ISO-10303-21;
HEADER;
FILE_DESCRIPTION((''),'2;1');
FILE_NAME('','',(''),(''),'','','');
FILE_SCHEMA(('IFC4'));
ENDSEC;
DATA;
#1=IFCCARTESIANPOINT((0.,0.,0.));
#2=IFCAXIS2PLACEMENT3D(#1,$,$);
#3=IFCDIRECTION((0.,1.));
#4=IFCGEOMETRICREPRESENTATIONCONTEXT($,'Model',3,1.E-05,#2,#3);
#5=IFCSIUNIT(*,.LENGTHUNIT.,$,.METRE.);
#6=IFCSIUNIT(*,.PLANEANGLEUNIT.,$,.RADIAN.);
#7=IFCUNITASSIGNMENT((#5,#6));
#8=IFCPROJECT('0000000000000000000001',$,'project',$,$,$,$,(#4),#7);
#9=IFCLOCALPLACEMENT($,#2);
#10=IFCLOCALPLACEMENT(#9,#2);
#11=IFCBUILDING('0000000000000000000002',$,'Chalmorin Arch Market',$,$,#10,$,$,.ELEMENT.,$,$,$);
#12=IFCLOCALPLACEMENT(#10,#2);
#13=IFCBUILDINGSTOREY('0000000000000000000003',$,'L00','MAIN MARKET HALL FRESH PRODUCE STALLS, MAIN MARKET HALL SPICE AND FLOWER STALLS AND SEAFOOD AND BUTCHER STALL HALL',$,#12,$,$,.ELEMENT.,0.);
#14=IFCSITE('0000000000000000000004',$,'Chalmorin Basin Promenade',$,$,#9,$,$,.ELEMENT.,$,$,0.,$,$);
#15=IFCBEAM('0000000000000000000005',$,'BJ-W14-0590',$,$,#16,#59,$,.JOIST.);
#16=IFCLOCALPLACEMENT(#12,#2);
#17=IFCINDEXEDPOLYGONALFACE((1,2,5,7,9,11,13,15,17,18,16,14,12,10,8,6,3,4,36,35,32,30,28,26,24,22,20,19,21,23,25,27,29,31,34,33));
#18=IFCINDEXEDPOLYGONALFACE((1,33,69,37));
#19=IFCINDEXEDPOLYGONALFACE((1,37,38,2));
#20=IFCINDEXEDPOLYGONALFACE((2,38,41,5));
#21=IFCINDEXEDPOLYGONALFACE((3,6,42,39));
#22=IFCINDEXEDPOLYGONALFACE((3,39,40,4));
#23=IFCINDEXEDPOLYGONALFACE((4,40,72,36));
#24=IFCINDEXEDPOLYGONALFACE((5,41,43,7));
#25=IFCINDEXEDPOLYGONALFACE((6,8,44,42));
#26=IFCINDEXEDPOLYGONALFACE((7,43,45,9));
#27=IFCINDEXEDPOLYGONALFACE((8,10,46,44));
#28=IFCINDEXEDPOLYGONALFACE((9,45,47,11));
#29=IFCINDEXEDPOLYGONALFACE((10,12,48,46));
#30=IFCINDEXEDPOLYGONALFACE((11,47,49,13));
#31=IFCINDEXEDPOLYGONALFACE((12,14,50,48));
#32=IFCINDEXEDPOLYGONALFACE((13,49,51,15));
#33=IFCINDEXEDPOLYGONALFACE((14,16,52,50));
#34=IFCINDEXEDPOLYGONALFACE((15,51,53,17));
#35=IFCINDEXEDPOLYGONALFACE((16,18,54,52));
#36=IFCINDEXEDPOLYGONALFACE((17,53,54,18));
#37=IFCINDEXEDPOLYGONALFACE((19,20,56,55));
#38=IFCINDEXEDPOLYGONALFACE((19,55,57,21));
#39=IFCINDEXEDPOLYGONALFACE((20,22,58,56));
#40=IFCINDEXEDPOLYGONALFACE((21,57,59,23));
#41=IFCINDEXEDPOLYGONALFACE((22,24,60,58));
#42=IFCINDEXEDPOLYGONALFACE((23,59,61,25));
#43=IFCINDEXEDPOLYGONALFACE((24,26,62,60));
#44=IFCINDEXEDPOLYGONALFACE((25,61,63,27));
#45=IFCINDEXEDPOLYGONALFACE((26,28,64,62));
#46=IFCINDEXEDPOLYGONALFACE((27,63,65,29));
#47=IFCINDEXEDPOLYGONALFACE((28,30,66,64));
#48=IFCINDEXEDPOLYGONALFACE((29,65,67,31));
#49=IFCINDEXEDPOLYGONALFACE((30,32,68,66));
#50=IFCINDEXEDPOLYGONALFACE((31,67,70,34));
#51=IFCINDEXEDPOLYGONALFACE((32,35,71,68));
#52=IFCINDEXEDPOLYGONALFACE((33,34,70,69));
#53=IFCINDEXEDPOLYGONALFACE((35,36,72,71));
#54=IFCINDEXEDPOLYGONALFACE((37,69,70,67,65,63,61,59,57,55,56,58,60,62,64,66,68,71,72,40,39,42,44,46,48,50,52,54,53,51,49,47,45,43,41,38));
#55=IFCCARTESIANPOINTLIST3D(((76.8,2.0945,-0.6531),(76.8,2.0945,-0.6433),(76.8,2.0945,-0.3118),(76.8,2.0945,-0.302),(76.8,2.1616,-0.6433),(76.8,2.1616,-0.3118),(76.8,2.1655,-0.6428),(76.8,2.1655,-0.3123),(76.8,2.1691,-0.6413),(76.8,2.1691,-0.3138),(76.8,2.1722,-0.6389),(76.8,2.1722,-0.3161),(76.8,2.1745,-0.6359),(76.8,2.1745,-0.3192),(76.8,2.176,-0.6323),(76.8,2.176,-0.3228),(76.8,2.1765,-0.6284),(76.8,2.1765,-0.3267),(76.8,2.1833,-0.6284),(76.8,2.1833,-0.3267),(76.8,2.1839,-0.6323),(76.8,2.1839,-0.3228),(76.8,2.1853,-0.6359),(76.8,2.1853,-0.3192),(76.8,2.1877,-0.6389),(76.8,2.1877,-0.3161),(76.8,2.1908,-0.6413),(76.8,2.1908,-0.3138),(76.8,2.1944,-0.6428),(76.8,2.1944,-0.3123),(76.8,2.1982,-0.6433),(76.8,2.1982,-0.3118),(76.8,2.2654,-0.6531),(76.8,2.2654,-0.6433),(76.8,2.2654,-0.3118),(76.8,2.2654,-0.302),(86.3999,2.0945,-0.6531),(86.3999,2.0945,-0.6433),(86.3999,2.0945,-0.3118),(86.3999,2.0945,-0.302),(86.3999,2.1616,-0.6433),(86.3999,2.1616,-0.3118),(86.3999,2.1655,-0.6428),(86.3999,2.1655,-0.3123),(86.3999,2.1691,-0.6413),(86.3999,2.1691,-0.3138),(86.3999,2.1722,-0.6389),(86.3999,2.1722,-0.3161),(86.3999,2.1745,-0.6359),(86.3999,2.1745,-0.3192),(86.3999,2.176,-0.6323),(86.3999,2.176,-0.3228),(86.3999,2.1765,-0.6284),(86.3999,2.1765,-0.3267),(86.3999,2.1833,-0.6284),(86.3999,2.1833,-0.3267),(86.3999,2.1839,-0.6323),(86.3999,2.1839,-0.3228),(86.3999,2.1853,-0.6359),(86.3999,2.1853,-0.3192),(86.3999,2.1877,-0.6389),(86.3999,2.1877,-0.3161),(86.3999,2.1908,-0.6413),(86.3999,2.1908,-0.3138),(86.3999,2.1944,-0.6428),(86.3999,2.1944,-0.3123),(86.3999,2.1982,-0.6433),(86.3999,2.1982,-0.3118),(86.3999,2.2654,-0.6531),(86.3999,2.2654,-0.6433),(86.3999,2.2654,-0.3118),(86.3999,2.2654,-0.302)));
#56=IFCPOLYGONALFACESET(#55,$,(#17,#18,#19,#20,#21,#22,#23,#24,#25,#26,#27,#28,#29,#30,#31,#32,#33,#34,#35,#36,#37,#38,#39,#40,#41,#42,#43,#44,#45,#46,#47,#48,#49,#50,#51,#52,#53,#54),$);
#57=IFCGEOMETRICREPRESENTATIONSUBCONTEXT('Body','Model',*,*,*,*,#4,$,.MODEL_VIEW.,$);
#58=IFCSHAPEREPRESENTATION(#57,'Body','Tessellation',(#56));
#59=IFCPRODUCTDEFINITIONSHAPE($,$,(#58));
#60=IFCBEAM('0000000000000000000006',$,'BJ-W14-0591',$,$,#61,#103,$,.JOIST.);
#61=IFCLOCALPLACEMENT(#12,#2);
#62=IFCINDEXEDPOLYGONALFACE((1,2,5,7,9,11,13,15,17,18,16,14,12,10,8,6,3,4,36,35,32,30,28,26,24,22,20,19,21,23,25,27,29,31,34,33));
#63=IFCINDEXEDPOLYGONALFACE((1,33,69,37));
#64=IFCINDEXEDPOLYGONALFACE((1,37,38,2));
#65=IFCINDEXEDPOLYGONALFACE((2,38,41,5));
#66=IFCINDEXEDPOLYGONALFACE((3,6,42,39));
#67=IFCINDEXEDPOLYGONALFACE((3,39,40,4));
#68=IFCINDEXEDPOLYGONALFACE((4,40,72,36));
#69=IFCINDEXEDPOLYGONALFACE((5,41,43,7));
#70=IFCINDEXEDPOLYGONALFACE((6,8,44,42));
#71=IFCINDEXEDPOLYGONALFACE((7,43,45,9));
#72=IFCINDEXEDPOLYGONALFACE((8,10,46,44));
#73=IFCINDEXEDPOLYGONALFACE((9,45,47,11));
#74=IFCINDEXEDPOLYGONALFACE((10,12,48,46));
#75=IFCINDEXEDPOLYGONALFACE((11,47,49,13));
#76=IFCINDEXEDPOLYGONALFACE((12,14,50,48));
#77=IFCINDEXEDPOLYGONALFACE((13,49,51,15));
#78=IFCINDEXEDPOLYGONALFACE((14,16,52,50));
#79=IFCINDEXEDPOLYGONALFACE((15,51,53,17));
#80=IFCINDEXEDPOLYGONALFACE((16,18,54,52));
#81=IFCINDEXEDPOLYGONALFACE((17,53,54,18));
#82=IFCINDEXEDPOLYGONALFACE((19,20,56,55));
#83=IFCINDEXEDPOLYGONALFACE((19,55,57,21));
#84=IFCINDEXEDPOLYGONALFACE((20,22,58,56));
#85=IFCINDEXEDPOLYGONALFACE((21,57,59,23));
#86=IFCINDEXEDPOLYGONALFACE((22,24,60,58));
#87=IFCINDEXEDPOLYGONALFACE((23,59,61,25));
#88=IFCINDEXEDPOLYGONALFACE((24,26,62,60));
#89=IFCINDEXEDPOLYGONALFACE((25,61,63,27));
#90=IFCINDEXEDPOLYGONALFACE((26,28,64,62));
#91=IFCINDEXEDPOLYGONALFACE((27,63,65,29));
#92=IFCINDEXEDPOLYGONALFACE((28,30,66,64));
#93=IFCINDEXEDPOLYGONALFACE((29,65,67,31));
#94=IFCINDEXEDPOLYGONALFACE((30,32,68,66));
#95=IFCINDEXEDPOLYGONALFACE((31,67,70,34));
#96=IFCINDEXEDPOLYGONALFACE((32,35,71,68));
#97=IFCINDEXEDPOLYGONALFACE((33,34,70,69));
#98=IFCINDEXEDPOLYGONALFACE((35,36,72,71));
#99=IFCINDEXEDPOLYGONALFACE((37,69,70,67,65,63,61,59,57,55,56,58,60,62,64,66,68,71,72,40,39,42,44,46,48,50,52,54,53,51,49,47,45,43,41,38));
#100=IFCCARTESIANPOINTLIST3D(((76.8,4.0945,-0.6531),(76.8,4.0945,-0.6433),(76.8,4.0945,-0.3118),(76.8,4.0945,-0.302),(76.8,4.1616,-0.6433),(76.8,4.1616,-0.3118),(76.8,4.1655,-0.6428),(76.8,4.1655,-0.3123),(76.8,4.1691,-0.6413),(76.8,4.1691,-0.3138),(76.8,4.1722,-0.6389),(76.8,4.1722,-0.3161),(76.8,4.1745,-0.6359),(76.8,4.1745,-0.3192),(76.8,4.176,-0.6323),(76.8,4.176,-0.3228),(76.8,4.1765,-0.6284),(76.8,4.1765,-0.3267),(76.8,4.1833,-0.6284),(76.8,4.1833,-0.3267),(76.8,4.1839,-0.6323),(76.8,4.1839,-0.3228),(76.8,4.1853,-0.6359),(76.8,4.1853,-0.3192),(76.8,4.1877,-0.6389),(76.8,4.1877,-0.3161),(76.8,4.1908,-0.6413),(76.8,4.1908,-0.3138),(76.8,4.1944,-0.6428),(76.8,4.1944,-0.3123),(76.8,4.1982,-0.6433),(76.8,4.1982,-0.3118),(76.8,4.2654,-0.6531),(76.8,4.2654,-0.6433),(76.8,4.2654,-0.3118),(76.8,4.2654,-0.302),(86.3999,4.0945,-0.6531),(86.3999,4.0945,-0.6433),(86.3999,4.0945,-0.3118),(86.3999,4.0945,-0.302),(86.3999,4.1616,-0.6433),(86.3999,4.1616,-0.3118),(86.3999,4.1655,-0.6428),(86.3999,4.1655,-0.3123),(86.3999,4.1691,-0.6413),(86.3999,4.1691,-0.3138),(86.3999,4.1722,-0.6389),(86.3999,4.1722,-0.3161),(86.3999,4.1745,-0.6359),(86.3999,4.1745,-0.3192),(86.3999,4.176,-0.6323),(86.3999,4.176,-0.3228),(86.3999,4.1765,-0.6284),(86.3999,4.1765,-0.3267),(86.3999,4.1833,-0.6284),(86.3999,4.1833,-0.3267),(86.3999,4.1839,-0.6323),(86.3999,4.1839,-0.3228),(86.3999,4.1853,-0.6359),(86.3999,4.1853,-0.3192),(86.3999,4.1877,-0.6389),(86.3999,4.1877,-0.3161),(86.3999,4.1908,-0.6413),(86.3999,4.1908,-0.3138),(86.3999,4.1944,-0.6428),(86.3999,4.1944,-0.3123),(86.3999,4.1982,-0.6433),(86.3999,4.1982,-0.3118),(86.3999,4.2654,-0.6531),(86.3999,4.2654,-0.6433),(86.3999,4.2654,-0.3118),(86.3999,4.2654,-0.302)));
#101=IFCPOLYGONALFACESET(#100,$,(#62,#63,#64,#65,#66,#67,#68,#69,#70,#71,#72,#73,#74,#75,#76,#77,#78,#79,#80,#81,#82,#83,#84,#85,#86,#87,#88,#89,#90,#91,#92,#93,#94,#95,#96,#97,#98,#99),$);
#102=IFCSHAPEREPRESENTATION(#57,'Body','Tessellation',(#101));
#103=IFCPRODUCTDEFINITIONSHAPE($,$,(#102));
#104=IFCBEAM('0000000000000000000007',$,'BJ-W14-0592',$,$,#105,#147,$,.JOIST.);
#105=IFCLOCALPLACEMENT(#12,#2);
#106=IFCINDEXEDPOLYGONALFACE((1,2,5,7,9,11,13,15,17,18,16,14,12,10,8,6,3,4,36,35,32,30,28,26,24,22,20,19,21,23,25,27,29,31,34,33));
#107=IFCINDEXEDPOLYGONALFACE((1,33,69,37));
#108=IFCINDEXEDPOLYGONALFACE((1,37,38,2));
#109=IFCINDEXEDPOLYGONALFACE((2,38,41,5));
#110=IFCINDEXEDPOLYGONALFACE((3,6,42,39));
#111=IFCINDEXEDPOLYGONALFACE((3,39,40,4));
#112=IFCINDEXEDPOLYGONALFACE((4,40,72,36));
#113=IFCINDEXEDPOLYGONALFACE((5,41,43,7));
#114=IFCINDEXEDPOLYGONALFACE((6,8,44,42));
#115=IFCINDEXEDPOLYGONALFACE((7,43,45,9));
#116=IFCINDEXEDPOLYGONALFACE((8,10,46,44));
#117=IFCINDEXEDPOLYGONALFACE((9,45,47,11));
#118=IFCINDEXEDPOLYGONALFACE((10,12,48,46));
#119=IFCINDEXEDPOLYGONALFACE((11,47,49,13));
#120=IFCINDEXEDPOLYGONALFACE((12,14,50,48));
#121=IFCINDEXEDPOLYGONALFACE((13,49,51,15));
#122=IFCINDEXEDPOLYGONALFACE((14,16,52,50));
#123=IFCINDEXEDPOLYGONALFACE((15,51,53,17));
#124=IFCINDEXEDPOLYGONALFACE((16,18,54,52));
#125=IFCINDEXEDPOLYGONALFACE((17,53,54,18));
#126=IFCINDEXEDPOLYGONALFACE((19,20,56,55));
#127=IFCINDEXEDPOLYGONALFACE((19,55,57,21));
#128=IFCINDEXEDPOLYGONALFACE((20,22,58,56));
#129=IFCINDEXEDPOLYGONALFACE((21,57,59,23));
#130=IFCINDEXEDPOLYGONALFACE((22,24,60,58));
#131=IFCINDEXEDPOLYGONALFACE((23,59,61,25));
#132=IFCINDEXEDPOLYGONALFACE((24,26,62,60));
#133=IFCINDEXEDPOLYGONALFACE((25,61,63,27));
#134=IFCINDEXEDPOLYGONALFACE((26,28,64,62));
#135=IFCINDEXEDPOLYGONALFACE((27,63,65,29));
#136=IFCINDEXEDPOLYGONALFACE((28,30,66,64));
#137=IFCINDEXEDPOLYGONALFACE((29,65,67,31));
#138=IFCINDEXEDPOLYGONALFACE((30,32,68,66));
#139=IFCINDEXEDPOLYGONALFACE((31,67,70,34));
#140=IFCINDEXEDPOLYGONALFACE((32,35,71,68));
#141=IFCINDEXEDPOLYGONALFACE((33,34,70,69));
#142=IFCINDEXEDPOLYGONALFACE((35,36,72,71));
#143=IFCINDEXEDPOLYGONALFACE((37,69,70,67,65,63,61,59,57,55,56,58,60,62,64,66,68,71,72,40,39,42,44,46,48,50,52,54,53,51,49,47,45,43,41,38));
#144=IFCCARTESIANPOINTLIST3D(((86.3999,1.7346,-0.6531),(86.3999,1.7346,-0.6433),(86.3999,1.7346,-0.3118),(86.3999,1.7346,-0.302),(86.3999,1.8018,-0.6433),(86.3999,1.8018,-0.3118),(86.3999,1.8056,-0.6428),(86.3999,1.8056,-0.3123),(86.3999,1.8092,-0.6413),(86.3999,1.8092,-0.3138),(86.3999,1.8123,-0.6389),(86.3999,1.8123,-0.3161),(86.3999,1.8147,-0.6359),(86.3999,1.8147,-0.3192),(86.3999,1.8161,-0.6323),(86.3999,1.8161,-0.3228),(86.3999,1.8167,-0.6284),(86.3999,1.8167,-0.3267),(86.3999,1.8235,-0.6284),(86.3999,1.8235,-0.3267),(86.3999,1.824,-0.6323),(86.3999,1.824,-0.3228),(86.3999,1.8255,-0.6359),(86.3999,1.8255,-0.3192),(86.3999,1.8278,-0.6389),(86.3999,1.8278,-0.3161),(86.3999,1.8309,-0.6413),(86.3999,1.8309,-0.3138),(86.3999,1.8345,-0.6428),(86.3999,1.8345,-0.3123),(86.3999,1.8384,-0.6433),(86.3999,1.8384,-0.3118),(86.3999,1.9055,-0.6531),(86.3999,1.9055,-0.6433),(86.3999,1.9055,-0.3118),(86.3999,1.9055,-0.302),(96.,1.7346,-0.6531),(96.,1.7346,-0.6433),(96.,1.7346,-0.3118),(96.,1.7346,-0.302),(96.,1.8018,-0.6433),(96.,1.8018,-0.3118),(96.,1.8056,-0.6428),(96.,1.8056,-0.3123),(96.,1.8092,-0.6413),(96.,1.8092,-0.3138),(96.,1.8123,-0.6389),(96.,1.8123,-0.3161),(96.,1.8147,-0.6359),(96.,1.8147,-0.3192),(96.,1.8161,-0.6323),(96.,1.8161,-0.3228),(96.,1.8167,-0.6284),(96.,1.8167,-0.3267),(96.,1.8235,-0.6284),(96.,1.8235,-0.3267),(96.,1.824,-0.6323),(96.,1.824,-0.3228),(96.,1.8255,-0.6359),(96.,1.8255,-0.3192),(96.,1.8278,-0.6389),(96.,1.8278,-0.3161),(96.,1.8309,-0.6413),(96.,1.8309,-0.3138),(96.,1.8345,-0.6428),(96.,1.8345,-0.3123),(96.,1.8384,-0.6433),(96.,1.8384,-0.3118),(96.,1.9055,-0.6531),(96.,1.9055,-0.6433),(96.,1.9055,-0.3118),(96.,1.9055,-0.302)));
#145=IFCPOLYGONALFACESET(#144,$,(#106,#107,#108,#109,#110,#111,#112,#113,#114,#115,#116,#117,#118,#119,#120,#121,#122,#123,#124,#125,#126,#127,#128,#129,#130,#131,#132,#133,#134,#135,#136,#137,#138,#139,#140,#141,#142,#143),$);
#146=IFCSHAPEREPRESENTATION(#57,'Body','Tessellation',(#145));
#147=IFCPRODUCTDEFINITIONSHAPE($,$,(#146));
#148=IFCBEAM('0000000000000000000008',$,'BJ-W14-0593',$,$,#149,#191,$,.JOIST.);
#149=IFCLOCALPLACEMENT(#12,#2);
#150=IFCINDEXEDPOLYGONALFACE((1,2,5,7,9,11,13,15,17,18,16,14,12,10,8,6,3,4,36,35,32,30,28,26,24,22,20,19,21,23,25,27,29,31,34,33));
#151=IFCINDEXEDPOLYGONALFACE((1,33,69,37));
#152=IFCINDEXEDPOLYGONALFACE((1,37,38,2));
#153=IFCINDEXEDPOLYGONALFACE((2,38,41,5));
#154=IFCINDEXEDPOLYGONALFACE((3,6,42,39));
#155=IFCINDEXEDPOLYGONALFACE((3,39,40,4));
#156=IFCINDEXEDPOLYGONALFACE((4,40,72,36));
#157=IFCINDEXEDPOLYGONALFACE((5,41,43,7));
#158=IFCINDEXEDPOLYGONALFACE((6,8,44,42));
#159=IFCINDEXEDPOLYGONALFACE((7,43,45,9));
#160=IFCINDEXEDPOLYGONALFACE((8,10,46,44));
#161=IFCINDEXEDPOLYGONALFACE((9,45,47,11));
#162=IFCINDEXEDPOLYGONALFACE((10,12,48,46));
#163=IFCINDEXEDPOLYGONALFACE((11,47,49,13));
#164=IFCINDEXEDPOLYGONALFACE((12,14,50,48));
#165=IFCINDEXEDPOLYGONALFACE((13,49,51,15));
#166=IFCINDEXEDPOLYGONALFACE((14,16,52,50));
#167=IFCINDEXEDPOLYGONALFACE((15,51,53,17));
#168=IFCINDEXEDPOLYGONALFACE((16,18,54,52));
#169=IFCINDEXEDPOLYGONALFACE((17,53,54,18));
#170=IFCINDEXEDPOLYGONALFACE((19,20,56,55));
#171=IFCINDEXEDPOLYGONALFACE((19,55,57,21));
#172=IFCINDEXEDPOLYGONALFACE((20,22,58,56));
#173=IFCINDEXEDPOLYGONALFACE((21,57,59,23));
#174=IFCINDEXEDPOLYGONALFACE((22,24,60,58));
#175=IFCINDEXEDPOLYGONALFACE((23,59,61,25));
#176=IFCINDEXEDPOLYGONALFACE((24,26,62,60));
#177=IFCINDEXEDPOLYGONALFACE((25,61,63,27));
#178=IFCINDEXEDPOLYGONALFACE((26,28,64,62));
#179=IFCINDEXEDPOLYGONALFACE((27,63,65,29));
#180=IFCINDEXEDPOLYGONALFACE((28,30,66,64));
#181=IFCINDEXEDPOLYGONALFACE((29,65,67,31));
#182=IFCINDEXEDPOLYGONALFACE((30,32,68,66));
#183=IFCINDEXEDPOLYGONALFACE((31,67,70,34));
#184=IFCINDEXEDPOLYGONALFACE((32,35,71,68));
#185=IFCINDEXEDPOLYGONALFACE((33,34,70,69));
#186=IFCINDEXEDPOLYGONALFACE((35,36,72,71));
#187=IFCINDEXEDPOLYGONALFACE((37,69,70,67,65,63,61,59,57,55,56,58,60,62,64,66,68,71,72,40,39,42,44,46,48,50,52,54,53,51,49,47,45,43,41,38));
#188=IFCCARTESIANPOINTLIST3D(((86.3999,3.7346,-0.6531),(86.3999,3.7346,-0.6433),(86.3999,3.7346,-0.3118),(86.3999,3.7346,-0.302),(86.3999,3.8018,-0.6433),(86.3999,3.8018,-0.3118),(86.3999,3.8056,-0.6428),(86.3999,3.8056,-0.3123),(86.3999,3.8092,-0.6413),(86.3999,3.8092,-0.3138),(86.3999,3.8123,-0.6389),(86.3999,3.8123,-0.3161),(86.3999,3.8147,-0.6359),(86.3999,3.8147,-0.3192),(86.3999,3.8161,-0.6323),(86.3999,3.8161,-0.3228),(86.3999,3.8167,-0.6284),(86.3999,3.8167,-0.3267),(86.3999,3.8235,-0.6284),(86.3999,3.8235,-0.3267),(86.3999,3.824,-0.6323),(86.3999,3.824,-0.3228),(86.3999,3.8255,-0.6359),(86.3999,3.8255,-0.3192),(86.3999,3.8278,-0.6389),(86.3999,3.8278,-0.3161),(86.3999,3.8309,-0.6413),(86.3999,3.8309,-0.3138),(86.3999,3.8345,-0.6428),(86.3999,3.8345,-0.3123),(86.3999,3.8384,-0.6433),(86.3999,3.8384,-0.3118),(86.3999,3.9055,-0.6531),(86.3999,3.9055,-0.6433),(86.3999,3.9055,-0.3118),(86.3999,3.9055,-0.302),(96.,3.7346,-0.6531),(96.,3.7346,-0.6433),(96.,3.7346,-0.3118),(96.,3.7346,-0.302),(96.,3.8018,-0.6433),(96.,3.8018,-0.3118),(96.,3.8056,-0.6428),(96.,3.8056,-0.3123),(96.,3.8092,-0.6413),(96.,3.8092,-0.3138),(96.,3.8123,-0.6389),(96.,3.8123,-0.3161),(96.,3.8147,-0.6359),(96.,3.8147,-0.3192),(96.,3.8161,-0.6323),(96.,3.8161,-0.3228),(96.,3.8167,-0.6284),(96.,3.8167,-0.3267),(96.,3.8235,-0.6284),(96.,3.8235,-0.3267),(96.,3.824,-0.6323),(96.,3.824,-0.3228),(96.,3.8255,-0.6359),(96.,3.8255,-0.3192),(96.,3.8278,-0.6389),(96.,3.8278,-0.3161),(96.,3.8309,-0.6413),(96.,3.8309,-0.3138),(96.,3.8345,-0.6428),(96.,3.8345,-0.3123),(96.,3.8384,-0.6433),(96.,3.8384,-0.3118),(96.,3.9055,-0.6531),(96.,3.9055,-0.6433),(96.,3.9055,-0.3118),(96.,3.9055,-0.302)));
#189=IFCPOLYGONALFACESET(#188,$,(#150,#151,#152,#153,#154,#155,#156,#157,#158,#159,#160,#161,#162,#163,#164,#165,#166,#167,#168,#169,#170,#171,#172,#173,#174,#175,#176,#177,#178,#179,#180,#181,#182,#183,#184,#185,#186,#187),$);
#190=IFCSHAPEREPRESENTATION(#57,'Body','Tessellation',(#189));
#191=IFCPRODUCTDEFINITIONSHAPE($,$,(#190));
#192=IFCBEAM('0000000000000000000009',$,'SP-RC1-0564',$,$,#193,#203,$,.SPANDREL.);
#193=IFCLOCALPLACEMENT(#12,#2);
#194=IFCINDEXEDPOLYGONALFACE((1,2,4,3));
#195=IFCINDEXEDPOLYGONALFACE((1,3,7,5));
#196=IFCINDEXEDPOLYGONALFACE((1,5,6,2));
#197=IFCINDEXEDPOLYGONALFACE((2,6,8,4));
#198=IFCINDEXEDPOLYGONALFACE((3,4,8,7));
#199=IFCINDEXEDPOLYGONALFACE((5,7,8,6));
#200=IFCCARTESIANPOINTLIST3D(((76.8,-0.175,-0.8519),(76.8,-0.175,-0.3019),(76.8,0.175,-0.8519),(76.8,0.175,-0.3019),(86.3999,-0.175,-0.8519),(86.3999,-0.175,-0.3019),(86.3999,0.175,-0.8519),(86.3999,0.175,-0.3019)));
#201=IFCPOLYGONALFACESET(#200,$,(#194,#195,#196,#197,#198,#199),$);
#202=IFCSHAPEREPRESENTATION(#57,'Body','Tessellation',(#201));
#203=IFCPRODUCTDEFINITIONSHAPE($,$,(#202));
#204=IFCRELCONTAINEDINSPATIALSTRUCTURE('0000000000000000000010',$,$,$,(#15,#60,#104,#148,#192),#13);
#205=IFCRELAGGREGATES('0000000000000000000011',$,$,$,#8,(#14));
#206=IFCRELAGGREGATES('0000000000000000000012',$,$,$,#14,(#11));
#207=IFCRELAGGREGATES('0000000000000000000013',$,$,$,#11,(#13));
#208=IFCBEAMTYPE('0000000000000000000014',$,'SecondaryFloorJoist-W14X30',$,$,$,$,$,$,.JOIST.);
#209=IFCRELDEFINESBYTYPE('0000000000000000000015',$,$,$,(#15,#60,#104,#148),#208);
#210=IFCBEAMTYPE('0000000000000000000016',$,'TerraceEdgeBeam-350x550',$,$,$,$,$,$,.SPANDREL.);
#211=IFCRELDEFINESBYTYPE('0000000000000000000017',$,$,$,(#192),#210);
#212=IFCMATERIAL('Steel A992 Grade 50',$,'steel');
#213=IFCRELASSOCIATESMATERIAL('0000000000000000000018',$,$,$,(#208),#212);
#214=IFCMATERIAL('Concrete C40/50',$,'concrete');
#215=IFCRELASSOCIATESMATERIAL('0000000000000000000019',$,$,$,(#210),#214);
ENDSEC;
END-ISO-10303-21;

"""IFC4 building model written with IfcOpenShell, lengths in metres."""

from ifc_helpers import new_model, si_unit, direction, frame, origin, origin_2d, place, context, subcontext, project, spatial, rectangle, i_section, extrude, material, material_profile, profile_set, type_object, element, save


model = new_model("IFC4")

# Units and contexts
model_context = context("Model", 3, precision=1e-05, world=origin(), true_north=direction((0.0, 1.0)))
body_context = subcontext(model_context, "Body", "Model", "MODEL_VIEW")
ifc_project = project(units=[si_unit("LENGTHUNIT", "METRE"), si_unit("PLANEANGLEUNIT", "RADIAN")], contexts=[model_context])

# Site, building, storey
site_placement = place(None, origin())
site = spatial("IfcSite", under=ifc_project, at=site_placement, Name="Chalmorin Basin Promenade", CompositionType="ELEMENT", RefElevation=0.0)
building_placement = place(site_placement, origin())
building = spatial("IfcBuilding", under=site, at=building_placement, Name="Chalmorin Arch Market", CompositionType="ELEMENT")
storey_placement = place(building_placement, origin())
storey = spatial("IfcBuildingStorey", under=building, at=storey_placement, Name="L00", Description="MAIN MARKET HALL FRESH PRODUCE STALLS, MAIN MARKET HALL SPICE AND FLOWER STALLS AND SEAFOOD AND BUTCHER STALL HALL", CompositionType="ELEMENT", Elevation=0.0)

# Shared definitions
ifc_material_1 = material(Name="Concrete C40/50", Category="concrete")

# Beams
ifc_material_2 = material(Name="Steel A992 Grade 50", Category="steel")
ifc_material_profile_1 = material_profile(ifc_material_2, i_section(OverallWidth=0.1709, OverallDepth=0.3511, WebThickness=0.0068, FlangeThickness=0.0098, FilletRadius=0.0149, at=origin_2d()), Name="W14X30")
ifc_profile_set_1 = profile_set([ifc_material_profile_1], Name="Steel A992 Grade 50")
beam_type_1 = type_object("IfcBeamType", Name="SecondaryFloorJoist-W14X30", PredefinedType="JOIST", material=ifc_profile_set_1)
for number, where, z_axis, x_axis, name in (
    (1, (76.8, 2.1799, -0.4775), (1.0, 0.0, 0.0), (0.0, 1.0, 0.0), "BJ-W14-0590"),
    (2, (76.8, 4.1799, -0.4775), (1.0, 0.0, 0.0), (0.0, 1.0, 0.0), "BJ-W14-0591"),
):
    element("IfcBeam", number, at=place(storey_placement, frame(where, z_axis=z_axis, x_axis=x_axis)), inside=storey, type_object=beam_type_1, Name=name, PredefinedType="JOIST", context=body_context, shape_type="SweptSolid", body=[
        extrude(i_section(OverallWidth=0.1709, OverallDepth=0.3511, WebThickness=0.0068, FlangeThickness=0.0098, FilletRadius=0.0149, at=origin_2d()), origin(), (0.0, 0.0, 1.0), 9.5999),
    ])
for number, where, z_axis, x_axis, name in (
    (3, (86.3999, 1.8201, -0.4775), (1.0, 0.0, 0.0), (0.0, 1.0, 0.0), "BJ-W14-0592"),
    (4, (86.3999, 3.8201, -0.4775), (1.0, 0.0, 0.0), (0.0, 1.0, 0.0), "BJ-W14-0593"),
):
    element("IfcBeam", number, at=place(storey_placement, frame(where, z_axis=z_axis, x_axis=x_axis)), inside=storey, type_object=beam_type_1, Name=name, PredefinedType="JOIST", context=body_context, shape_type="SweptSolid", body=[
        extrude(i_section(OverallWidth=0.1709, OverallDepth=0.3511, WebThickness=0.0068, FlangeThickness=0.0098, FilletRadius=0.0149, at=origin_2d()), origin(), (0.0, 0.0, 1.0), 9.6001),
    ])
ifc_material_profile_2 = material_profile(ifc_material_1, rectangle(XDim=0.3501, YDim=0.55, at=origin_2d()), Name="RC350X550")
ifc_profile_set_2 = profile_set([ifc_material_profile_2], Name="Concrete C40/50")
beam_type_2 = type_object("IfcBeamType", Name="TerraceEdgeBeam-350x550", PredefinedType="SPANDREL", material=ifc_profile_set_2)
beam_1_placement = place(storey_placement, frame((76.8, 0.0, -0.5769), z_axis=(1.0, 0.0, 0.0), x_axis=(0.0, 1.0, 0.0)))
element("IfcBeam", 5, at=beam_1_placement, inside=storey, type_object=beam_type_2, Name="SP-RC1-0564", PredefinedType="SPANDREL", context=body_context, shape_type="SweptSolid", body=[
    extrude(rectangle(XDim=0.3501, YDim=0.55, at=origin_2d()), origin(), (0.0, 0.0, 1.0), 9.5999),
])

save(model, "model.ifc")
